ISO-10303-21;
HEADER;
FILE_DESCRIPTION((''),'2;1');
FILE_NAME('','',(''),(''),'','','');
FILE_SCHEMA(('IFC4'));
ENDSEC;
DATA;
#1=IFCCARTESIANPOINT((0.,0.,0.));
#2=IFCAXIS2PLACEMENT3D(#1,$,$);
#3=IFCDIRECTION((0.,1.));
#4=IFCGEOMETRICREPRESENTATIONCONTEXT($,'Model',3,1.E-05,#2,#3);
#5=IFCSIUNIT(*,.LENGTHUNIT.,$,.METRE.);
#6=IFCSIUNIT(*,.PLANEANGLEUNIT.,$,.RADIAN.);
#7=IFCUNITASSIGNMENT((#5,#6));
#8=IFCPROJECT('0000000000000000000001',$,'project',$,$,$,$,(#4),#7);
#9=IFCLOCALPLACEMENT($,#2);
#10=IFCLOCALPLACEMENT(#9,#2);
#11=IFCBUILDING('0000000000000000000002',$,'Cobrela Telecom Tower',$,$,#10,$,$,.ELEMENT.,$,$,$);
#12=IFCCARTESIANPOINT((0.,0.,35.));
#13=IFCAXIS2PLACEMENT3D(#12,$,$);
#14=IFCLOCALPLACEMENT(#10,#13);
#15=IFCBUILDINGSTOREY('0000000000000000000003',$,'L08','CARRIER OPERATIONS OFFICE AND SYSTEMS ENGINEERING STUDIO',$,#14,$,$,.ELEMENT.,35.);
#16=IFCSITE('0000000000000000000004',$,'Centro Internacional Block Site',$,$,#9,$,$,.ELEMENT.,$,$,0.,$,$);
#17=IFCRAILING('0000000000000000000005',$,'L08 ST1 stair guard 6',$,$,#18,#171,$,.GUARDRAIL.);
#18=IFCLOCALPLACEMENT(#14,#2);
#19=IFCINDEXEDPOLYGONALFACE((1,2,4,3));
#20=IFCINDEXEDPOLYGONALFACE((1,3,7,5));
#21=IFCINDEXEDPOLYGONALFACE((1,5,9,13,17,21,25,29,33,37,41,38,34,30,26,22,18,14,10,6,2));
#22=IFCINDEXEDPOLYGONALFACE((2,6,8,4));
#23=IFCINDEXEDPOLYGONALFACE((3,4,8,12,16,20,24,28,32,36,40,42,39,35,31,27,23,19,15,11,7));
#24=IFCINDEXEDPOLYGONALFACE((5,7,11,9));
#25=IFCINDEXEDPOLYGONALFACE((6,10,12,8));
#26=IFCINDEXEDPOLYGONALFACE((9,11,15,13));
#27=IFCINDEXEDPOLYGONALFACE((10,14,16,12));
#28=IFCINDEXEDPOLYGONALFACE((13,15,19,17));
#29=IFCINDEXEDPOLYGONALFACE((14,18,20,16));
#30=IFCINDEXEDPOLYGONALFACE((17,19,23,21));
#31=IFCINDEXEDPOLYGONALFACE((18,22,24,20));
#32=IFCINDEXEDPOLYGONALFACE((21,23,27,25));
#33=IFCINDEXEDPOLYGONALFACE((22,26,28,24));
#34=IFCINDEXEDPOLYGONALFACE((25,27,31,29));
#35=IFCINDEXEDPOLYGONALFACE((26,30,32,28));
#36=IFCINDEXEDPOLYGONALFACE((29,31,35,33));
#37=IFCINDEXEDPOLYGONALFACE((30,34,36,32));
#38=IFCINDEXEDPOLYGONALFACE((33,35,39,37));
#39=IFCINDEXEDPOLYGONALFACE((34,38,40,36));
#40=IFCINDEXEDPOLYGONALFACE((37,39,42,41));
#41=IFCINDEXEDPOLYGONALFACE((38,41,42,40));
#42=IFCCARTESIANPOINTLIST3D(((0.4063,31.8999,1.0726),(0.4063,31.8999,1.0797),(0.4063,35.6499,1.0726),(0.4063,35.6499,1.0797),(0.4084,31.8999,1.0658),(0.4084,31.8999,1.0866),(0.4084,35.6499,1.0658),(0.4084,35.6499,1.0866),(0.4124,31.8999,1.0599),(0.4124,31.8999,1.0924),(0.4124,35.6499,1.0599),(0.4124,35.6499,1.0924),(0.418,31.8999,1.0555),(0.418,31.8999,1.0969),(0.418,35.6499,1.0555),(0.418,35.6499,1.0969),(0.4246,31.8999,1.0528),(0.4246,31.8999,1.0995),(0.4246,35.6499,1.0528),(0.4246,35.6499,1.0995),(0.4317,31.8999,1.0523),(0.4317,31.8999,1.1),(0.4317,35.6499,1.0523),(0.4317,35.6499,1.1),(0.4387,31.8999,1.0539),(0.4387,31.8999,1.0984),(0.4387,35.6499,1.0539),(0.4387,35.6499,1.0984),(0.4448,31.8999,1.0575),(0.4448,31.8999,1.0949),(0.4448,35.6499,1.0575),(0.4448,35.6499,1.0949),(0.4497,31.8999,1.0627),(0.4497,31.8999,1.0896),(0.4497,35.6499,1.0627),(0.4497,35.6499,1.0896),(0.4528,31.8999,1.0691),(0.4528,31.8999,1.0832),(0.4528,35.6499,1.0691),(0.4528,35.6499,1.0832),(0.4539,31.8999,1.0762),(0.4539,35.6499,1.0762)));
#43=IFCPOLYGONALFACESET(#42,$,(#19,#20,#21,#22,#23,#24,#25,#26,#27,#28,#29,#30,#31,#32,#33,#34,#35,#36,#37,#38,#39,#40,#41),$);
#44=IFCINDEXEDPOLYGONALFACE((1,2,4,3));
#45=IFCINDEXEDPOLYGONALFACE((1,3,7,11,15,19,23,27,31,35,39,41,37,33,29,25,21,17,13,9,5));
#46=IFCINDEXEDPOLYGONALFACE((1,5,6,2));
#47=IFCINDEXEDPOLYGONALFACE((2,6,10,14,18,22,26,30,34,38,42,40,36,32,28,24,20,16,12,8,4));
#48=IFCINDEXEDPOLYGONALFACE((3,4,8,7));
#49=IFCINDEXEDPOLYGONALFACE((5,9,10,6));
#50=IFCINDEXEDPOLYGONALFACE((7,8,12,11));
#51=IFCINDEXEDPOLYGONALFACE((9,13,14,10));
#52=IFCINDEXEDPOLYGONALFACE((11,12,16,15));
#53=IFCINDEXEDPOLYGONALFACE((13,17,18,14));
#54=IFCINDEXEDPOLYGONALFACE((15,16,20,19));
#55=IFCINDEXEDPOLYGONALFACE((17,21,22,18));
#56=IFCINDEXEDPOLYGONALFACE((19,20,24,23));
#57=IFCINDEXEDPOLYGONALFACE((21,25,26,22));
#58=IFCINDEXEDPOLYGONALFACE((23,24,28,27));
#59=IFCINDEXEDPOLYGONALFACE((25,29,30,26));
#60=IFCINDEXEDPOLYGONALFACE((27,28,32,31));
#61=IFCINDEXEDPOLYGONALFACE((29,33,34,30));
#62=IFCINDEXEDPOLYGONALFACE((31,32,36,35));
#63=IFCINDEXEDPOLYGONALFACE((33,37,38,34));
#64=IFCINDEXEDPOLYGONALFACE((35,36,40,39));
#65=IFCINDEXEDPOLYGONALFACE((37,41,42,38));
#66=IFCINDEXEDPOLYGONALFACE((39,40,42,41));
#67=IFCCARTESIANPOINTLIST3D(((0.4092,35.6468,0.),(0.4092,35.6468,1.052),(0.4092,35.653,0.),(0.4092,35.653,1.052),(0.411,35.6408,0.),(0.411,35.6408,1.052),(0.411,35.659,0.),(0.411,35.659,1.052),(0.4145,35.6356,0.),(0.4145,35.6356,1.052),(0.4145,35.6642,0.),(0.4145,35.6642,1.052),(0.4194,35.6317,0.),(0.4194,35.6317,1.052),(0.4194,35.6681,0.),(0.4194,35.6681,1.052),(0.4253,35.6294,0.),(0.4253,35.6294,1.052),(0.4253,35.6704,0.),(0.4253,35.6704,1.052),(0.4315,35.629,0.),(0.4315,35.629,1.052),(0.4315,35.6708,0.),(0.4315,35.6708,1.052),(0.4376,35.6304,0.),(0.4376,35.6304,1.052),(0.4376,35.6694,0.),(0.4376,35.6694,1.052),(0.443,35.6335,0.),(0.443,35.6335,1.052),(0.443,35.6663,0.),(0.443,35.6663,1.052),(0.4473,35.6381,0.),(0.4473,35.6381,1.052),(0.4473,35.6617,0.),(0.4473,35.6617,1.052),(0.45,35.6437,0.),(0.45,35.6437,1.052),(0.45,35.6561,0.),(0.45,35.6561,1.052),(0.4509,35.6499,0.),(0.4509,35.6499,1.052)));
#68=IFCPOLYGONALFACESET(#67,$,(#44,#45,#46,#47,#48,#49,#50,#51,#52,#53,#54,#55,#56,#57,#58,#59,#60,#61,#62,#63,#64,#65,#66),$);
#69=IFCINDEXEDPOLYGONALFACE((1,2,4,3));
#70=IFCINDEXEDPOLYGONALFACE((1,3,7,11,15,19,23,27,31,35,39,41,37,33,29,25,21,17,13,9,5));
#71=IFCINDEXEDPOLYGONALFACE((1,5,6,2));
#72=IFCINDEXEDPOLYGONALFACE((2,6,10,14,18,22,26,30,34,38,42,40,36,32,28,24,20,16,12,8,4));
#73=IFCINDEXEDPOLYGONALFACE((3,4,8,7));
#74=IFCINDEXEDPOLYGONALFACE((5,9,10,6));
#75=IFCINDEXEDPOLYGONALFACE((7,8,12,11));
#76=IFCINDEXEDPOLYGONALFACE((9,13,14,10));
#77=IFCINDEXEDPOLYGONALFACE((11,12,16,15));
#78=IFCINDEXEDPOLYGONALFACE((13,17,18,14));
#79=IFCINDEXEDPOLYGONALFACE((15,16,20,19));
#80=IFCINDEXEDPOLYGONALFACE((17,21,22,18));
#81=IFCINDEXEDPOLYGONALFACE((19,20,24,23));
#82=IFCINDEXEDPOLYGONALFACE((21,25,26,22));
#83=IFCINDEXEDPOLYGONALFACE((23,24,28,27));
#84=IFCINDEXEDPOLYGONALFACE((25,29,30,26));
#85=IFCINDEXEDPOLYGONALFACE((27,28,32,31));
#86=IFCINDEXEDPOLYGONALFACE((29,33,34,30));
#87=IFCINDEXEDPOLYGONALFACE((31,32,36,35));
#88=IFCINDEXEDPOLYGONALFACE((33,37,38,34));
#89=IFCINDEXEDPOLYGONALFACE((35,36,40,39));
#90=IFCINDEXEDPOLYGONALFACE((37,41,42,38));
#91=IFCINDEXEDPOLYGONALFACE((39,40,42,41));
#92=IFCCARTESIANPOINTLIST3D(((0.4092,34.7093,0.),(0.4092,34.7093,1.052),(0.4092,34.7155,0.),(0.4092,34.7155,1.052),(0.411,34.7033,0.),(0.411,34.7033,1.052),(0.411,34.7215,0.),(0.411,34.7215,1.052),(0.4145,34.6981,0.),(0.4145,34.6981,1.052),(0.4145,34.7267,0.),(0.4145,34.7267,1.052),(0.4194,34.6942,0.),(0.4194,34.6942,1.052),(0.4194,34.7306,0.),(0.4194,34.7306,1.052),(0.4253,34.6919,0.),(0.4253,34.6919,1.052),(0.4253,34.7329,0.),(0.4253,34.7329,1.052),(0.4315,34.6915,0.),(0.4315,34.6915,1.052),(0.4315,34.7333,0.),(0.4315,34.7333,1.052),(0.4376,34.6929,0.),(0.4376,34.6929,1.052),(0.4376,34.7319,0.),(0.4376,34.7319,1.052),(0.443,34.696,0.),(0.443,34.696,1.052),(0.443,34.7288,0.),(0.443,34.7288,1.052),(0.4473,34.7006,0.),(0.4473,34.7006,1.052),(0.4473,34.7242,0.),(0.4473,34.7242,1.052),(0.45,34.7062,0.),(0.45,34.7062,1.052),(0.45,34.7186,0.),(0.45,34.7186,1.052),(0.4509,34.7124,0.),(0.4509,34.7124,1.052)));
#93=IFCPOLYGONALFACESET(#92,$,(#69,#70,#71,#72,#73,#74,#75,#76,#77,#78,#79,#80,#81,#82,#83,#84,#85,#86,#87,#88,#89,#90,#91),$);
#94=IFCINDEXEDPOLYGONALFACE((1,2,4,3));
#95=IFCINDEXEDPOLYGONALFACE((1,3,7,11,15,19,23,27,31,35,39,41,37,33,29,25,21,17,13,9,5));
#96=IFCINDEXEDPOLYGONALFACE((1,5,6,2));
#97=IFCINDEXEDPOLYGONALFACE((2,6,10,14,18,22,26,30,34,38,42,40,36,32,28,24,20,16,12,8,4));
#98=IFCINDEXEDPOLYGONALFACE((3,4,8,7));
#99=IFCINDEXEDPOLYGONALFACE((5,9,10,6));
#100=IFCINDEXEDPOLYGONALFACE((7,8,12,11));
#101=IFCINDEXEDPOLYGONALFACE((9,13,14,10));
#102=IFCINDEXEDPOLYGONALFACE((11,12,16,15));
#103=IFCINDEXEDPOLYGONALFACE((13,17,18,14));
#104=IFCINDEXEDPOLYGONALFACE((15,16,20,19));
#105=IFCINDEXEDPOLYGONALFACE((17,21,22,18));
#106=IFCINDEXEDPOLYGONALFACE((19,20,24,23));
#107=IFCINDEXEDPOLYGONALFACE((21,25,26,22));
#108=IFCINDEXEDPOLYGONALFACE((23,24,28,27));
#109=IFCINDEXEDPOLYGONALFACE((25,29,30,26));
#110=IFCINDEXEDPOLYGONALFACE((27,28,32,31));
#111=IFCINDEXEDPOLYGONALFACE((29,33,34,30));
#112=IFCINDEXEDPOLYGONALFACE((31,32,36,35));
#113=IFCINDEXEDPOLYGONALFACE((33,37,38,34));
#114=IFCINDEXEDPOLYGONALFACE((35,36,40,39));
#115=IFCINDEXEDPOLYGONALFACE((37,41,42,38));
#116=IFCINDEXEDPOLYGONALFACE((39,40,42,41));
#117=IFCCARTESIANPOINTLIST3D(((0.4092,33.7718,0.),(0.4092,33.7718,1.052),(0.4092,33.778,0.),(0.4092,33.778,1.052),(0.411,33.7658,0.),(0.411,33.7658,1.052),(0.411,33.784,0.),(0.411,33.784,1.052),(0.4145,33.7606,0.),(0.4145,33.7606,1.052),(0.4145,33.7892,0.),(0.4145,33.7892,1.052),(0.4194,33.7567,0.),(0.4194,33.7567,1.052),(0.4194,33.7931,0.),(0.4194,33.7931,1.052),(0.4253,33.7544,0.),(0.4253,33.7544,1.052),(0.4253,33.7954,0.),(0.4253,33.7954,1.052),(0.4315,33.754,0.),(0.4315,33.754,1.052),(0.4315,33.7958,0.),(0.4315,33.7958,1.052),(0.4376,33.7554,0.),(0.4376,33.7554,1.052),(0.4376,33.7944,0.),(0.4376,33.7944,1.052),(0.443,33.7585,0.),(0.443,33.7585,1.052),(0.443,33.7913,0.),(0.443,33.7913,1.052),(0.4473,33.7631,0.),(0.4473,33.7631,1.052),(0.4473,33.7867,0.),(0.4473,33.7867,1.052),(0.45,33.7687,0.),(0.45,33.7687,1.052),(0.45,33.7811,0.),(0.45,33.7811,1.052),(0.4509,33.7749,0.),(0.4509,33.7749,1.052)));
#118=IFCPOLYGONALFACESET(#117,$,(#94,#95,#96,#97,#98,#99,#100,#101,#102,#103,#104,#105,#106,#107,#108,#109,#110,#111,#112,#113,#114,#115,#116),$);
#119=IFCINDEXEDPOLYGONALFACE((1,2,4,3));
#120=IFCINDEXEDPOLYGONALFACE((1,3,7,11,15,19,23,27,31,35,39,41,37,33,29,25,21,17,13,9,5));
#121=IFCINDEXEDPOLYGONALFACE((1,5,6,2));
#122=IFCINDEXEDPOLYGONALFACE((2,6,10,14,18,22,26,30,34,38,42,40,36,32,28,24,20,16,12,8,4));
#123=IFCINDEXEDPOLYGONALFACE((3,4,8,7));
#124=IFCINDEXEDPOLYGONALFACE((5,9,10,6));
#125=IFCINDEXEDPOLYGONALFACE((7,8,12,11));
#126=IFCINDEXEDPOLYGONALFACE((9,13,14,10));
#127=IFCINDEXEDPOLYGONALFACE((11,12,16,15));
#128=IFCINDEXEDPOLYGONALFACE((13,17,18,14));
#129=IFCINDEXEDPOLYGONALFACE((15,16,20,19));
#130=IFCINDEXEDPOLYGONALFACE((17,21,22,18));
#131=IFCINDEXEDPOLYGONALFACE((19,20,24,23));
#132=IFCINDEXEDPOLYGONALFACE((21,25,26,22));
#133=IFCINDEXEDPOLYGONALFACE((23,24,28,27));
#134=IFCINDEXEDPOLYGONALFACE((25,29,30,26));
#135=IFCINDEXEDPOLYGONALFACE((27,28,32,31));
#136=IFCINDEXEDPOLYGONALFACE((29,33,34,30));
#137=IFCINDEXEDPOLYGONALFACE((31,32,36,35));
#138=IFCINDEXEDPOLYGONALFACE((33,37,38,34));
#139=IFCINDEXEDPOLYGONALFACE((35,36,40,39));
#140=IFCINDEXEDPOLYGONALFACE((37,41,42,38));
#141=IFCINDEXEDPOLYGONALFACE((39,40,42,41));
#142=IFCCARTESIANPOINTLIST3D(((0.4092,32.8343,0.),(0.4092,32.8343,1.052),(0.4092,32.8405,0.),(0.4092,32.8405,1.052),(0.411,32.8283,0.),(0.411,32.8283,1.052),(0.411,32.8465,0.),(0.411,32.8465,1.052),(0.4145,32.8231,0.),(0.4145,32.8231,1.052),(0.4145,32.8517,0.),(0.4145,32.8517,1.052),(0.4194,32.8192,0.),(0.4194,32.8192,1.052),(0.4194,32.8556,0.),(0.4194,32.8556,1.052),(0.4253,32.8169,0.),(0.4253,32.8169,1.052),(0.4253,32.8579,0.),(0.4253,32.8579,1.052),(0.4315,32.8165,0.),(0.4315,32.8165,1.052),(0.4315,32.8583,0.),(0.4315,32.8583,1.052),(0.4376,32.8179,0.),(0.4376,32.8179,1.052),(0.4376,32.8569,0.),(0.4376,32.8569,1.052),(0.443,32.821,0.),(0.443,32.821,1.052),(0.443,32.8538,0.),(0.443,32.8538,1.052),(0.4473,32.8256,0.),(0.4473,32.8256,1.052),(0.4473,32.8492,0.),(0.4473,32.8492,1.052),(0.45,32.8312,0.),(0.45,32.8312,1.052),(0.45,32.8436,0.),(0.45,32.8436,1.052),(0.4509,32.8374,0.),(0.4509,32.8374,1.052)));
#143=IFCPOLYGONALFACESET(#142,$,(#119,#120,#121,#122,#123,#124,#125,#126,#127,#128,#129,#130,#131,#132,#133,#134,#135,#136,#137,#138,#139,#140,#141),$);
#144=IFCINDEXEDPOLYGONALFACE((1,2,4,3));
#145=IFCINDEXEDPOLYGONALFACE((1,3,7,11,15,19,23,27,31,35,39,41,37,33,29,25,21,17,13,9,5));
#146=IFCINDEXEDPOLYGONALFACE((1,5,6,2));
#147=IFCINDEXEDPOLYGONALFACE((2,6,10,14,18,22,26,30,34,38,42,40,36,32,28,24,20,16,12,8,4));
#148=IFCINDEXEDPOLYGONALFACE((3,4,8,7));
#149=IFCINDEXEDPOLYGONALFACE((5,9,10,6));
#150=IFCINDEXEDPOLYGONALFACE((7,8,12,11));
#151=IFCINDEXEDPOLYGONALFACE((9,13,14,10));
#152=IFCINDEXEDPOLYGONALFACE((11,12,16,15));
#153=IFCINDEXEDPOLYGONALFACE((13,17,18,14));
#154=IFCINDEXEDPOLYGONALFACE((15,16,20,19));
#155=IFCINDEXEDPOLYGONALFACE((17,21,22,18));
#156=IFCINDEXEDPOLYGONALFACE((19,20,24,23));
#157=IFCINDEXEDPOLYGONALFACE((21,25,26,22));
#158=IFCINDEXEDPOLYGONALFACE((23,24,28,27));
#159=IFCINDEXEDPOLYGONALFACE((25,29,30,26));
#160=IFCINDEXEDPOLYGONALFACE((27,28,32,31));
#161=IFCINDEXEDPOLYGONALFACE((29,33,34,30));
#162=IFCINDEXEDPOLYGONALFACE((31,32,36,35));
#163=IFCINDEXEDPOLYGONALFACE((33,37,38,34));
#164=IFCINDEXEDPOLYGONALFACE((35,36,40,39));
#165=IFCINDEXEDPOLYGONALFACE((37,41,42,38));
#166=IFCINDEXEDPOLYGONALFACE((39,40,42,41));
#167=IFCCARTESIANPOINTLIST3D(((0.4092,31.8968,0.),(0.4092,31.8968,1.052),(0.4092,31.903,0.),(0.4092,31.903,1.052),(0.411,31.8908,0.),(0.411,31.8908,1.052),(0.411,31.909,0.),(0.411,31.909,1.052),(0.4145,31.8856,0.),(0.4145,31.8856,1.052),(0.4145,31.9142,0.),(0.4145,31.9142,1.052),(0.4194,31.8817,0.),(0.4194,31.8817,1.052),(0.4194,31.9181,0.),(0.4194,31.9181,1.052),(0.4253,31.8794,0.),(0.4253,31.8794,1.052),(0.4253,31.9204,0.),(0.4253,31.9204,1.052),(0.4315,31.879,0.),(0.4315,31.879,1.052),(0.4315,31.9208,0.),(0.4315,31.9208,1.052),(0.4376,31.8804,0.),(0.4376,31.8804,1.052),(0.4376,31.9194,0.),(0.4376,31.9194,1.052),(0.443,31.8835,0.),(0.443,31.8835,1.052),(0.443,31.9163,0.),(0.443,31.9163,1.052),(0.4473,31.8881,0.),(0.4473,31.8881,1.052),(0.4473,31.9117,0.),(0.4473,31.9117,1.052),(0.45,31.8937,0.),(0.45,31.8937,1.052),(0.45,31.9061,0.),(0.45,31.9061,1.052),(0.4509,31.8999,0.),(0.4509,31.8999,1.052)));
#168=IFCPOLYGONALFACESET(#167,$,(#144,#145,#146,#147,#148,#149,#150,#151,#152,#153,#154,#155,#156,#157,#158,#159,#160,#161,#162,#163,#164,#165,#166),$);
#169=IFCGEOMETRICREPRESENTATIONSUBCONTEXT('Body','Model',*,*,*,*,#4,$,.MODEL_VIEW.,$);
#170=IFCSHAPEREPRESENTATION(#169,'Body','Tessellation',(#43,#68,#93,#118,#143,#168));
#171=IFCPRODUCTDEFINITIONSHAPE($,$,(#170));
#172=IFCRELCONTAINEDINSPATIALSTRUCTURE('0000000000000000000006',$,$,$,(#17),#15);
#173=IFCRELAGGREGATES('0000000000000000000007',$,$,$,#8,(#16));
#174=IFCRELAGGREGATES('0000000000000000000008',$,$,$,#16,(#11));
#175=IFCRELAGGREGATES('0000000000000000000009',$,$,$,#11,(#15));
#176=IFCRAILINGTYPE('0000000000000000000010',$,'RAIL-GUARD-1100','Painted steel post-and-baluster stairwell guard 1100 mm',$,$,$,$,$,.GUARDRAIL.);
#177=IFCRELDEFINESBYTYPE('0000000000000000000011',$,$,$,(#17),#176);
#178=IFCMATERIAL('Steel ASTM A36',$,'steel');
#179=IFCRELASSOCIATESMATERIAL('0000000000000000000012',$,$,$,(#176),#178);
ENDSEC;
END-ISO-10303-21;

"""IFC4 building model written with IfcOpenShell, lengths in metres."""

from ifc_helpers import new_model, si_unit, direction, frame, origin, origin_2d, place, context, subcontext, project, spatial, circle, extrude, material, type_object, element, save


model = new_model("IFC4")

# Units and contexts
model_context = context("Model", 3, precision=1e-05, world=origin(), true_north=direction((0.0, 1.0)))
body_context = subcontext(model_context, "Body", "Model", "MODEL_VIEW")
ifc_project = project(units=[si_unit("LENGTHUNIT", "METRE"), si_unit("PLANEANGLEUNIT", "RADIAN")], contexts=[model_context])

# Site, building, storey
site_placement = place(None, origin())
site = spatial("IfcSite", under=ifc_project, at=site_placement, Name="Centro Internacional Block Site", CompositionType="ELEMENT", RefElevation=0.0)
building_placement = place(site_placement, origin())
building = spatial("IfcBuilding", under=site, at=building_placement, Name="Cobrela Telecom Tower", CompositionType="ELEMENT")
storey_placement = place(building_placement, frame((0.0, 0.0, 35.0)))
storey = spatial("IfcBuildingStorey", under=building, at=storey_placement, Name="L08", Description="CARRIER OPERATIONS OFFICE AND SYSTEMS ENGINEERING STUDIO", CompositionType="ELEMENT", Elevation=35.0)

# Railing
ifc_material_1 = material(Name="Steel ASTM A36", Category="steel")
railing_type = type_object("IfcRailingType", Name="RAIL-GUARD-1100", Description="Painted steel post-and-baluster stairwell guard 1100 mm", PredefinedType="GUARDRAIL", material=ifc_material_1)
railing_placement = place(storey_placement, frame((0.4299, 35.6499, 0.0)))
element("IfcRailing", 1, at=railing_placement, inside=storey, type_object=railing_type, Name="L08 ST1 stair guard 6", PredefinedType="GUARDRAIL", context=body_context, shape_type="SweptSolid", body=[
    extrude(circle(Radius=0.0239, at=origin_2d()), frame((0.0, 0.0, 1.0762), z_axis=(0.0, -1.0, 0.0), x_axis=(1.0, 0.0, 0.0)), (0.0, 0.0, 1.0), 3.75),
    extrude(circle(Radius=0.021, at=origin_2d()), origin(), (0.0, 0.0, 1.0), 1.052),
    extrude(circle(Radius=0.021, at=origin_2d()), frame((0.0, -0.9375, 0.0)), (0.0, 0.0, 1.0), 1.052),
    extrude(circle(Radius=0.021, at=origin_2d()), frame((0.0, -1.875, 0.0)), (0.0, 0.0, 1.0), 1.052),
    extrude(circle(Radius=0.021, at=origin_2d()), frame((0.0, -2.8125, 0.0)), (0.0, 0.0, 1.0), 1.052),
    extrude(circle(Radius=0.021, at=origin_2d()), frame((0.0, -3.75, 0.0)), (0.0, 0.0, 1.0), 1.052),
])

save(model, "model.ifc")
